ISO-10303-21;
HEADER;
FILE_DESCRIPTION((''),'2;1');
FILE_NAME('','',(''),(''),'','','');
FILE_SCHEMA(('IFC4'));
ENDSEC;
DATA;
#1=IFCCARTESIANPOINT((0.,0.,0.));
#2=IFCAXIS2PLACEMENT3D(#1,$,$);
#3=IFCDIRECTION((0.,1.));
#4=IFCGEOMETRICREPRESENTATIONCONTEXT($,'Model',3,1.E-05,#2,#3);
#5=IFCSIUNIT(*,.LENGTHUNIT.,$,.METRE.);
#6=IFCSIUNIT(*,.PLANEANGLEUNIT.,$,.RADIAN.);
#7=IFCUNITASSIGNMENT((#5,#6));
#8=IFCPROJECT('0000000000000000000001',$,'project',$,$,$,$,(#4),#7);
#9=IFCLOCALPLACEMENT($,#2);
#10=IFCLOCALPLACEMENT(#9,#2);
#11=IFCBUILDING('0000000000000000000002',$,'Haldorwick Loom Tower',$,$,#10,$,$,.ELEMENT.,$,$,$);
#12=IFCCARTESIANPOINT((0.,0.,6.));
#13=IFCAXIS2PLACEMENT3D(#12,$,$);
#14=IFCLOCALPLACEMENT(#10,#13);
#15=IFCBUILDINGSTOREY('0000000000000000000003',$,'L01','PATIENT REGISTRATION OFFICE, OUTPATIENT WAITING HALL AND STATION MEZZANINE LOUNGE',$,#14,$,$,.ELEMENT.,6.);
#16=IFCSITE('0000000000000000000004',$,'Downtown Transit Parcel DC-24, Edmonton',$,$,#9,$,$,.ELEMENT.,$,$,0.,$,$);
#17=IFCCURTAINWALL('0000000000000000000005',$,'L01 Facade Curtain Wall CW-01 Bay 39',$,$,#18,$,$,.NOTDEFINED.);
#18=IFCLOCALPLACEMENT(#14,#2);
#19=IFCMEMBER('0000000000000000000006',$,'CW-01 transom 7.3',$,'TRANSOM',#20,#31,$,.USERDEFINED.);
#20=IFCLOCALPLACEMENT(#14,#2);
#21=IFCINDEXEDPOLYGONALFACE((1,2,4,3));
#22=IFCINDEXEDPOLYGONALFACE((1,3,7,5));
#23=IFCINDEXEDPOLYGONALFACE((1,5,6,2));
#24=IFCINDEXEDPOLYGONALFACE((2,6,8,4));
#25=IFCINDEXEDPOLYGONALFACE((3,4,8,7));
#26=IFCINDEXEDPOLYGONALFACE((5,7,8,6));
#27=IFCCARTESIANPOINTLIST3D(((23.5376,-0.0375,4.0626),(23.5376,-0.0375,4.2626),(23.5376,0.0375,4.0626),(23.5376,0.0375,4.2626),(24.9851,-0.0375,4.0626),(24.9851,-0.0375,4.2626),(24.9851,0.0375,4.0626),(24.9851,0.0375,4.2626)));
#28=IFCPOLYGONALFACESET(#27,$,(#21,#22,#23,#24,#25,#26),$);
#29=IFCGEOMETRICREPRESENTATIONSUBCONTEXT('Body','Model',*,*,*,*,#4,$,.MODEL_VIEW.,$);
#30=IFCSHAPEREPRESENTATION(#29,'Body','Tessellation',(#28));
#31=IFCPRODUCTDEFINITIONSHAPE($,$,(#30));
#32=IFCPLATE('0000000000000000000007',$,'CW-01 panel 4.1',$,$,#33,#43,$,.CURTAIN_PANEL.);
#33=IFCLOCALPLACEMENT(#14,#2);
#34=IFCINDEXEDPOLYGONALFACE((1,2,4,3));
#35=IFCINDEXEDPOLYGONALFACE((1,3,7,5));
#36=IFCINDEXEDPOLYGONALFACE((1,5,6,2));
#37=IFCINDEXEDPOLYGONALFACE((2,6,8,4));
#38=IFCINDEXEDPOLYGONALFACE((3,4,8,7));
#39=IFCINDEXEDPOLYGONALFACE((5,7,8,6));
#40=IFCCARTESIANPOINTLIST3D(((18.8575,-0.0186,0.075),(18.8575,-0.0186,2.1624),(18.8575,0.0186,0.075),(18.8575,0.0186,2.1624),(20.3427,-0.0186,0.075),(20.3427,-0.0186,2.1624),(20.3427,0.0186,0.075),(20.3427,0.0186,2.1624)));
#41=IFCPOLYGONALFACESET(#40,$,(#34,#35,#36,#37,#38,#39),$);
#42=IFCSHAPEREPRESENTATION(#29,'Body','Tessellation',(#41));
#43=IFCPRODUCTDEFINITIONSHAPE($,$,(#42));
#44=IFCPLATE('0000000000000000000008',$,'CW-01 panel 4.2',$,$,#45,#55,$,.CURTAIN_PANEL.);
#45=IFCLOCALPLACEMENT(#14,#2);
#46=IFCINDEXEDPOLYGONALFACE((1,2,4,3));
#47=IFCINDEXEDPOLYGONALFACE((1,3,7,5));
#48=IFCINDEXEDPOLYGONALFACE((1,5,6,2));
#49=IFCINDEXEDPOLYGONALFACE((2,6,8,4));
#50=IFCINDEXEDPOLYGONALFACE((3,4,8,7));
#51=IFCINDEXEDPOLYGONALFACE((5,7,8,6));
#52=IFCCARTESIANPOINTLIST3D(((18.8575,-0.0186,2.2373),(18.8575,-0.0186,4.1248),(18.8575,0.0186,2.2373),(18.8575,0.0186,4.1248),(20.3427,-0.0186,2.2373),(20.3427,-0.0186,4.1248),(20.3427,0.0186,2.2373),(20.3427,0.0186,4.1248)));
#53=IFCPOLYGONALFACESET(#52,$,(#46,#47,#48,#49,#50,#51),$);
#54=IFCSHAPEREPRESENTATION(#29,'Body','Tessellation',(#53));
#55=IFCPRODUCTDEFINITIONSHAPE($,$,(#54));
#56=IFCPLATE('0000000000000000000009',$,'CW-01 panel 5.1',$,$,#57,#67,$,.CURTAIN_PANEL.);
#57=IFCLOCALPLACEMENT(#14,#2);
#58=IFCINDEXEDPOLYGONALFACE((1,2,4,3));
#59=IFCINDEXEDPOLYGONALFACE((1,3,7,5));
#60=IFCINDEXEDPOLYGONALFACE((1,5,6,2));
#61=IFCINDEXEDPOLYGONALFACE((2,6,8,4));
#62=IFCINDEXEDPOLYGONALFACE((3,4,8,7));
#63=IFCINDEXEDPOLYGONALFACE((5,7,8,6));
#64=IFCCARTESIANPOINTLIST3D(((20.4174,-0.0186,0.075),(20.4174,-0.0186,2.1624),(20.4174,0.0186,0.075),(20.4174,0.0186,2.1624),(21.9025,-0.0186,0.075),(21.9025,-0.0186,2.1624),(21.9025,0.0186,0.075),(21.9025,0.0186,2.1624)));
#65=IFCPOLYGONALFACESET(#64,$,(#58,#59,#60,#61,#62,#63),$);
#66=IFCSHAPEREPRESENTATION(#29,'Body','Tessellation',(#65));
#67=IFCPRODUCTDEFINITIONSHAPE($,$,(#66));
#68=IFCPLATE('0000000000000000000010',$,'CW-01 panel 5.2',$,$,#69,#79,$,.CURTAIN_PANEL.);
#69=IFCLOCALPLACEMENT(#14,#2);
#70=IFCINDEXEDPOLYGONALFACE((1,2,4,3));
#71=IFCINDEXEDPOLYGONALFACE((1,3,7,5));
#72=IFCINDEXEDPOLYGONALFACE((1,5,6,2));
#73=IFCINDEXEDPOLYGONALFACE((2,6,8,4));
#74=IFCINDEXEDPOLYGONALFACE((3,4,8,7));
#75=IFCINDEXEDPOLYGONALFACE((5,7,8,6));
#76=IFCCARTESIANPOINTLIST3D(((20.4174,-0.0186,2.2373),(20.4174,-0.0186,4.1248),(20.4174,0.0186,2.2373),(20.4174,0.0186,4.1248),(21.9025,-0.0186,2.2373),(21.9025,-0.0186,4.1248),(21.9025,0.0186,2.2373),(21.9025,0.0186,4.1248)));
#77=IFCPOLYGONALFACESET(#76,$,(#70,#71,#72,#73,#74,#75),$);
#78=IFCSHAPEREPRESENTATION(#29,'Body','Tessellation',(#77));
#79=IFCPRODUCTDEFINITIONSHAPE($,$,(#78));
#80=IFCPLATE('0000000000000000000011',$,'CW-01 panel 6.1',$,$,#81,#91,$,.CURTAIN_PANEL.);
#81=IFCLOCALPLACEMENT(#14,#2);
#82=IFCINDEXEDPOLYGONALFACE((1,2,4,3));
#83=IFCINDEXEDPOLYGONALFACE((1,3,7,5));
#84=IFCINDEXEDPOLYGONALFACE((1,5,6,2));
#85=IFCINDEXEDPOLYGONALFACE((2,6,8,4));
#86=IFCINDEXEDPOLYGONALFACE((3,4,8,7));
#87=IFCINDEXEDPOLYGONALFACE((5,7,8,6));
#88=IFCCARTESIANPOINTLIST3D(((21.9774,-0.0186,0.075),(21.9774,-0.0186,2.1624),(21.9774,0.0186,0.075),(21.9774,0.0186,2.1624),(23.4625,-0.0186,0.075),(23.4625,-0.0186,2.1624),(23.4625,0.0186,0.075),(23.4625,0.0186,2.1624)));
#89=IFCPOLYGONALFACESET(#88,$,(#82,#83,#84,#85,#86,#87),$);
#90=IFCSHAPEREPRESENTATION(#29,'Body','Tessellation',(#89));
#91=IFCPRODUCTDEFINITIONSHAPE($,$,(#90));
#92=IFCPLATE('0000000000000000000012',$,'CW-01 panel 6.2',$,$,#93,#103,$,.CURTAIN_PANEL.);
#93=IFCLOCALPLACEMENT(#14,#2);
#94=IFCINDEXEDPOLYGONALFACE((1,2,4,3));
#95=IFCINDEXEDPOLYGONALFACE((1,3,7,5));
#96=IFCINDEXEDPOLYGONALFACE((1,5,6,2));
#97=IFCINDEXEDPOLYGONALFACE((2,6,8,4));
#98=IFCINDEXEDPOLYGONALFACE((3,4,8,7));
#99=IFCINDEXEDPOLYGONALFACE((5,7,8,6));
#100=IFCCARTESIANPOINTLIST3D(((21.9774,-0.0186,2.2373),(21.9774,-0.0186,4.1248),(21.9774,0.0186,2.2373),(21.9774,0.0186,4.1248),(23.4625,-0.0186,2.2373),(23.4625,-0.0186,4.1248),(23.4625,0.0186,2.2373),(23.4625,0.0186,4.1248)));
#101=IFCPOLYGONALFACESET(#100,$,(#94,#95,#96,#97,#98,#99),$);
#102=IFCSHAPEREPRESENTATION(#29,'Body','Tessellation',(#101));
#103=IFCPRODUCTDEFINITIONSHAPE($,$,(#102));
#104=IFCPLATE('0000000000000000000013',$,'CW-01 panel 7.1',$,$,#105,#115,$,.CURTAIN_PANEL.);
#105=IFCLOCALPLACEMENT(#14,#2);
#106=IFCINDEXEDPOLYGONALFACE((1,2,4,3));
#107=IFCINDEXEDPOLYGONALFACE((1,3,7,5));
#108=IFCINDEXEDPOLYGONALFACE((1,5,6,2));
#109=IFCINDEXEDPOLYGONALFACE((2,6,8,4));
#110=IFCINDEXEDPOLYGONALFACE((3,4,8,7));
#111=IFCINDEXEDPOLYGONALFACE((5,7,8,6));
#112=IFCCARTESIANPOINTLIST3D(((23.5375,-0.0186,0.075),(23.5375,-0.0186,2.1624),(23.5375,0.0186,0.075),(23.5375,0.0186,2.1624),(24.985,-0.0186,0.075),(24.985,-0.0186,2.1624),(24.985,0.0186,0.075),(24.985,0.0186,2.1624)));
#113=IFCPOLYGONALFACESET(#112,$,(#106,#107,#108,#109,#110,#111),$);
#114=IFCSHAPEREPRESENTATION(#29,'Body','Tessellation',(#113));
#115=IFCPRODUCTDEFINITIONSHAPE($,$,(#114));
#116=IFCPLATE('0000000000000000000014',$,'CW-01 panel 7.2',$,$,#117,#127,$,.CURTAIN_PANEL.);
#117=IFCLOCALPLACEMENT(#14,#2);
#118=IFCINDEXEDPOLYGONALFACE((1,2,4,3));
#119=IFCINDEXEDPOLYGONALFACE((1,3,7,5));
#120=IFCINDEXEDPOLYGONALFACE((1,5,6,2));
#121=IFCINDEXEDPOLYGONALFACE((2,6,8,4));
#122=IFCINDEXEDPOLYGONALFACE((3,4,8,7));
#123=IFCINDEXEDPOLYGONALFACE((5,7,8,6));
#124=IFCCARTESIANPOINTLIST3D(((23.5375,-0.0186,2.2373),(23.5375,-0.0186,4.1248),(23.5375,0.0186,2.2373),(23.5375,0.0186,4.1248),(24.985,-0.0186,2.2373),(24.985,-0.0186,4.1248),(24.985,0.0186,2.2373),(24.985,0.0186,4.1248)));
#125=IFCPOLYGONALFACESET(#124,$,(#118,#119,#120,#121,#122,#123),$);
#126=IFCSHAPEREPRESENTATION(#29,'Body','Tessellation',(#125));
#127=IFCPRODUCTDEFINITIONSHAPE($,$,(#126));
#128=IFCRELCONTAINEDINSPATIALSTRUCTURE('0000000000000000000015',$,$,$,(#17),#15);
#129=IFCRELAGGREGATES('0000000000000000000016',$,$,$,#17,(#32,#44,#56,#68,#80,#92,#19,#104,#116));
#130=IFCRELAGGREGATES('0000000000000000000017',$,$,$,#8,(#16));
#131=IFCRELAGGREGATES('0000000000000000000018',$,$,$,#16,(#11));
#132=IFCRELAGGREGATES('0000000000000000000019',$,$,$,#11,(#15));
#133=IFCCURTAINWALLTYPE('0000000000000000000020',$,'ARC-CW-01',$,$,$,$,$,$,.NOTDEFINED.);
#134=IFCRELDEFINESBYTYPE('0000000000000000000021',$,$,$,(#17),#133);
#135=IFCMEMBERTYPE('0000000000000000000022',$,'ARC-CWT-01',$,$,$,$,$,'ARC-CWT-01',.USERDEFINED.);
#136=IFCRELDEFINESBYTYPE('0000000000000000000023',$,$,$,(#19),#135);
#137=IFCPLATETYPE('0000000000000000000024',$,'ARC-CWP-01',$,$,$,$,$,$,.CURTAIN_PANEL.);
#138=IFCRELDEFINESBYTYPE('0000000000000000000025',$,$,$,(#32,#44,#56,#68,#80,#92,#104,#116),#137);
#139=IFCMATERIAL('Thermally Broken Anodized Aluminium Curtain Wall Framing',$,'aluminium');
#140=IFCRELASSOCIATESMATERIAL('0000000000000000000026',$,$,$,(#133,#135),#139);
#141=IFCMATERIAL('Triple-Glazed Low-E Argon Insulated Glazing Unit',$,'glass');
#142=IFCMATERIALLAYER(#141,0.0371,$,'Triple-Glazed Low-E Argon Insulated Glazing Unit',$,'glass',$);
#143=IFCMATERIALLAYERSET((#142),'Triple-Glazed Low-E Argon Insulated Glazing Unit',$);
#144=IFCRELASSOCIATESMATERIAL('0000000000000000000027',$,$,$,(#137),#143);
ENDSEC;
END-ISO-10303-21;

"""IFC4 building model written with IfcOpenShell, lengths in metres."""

from ifc_helpers import new_model, si_unit, direction, frame, origin, origin_2d, place, context, subcontext, project, spatial, rectangle, extrude, material, layer, layer_set, material_profile, profile_set, type_object, element, aggregate, save


model = new_model("IFC4")

# Units and contexts
model_context = context("Model", 3, precision=1e-05, world=origin(), true_north=direction((0.0, 1.0)))
body_context = subcontext(model_context, "Body", "Model", "MODEL_VIEW")
ifc_project = project(units=[si_unit("LENGTHUNIT", "METRE"), si_unit("PLANEANGLEUNIT", "RADIAN")], contexts=[model_context])

# Site, building, storey
site_placement = place(None, origin())
site = spatial("IfcSite", under=ifc_project, at=site_placement, Name="Downtown Transit Parcel DC-24, Edmonton", CompositionType="ELEMENT", RefElevation=0.0)
building_placement = place(site_placement, origin())
building = spatial("IfcBuilding", under=site, at=building_placement, Name="Haldorwick Loom Tower", CompositionType="ELEMENT")
storey_placement = place(building_placement, frame((0.0, 0.0, 6.0)))
storey = spatial("IfcBuildingStorey", under=building, at=storey_placement, Name="L01", Description="PATIENT REGISTRATION OFFICE, OUTPATIENT WAITING HALL AND STATION MEZZANINE LOUNGE", CompositionType="ELEMENT", Elevation=6.0)

# Curtain wall, member, plates
ifc_material_1 = material(Name="Thermally Broken Anodized Aluminium Curtain Wall Framing", Category="aluminium")
curtain_wall_type = type_object("IfcCurtainWallType", Name="ARC-CW-01", PredefinedType="NOTDEFINED", material=ifc_material_1)
curtain_wall_placement = place(storey_placement, origin())
curtain_wall = element("IfcCurtainWall", 1, at=curtain_wall_placement, inside=storey, type_object=curtain_wall_type, Name="L01 Facade Curtain Wall CW-01 Bay 39", PredefinedType="NOTDEFINED")
ifc_material_profile_1 = material_profile(ifc_material_1, rectangle(XDim=0.075, YDim=0.2, at=origin_2d()), Name="ALU_TRN_75X200", Category="aluminium")
ifc_profile_set_1 = profile_set([ifc_material_profile_1], Name="Thermally Broken Anodized Aluminium Curtain Wall Framing")
member_type_1 = type_object("IfcMemberType", Name="ARC-CWT-01", ElementType="ARC-CWT-01", PredefinedType="USERDEFINED", material=ifc_profile_set_1)
member_1_placement = place(storey_placement, frame((23.5376, 0.0, 4.1626), z_axis=(1.0, 0.0, 0.0), x_axis=(0.0, 1.0, 0.0)))
member_1 = element("IfcMember", 2, at=member_1_placement, type_object=member_type_1, Name="CW-01 transom 7.3", ObjectType="TRANSOM", PredefinedType="USERDEFINED", context=body_context, shape_type="SweptSolid", body=[
    extrude(rectangle(XDim=0.075, YDim=0.2, at=origin_2d()), origin(), (0.0, 0.0, 1.0), 1.4475),
])
ifc_material_2 = material(Name="Triple-Glazed Low-E Argon Insulated Glazing Unit", Category="glass")
ifc_layer = layer(ifc_material_2, 0.0371, Name="Triple-Glazed Low-E Argon Insulated Glazing Unit", Category="glass")
ifc_layer_set = layer_set([ifc_layer], Name="Triple-Glazed Low-E Argon Insulated Glazing Unit")
plate_type = type_object("IfcPlateType", Name="ARC-CWP-01", PredefinedType="CURTAIN_PANEL", material=ifc_layer_set)
plate_1_placement = place(storey_placement, frame((19.6001, 0.0, 0.075), z_axis=(0.0, 0.0, 1.0), x_axis=(1.0, 0.0, 0.0)))
plate_1 = element("IfcPlate", 3, at=plate_1_placement, type_object=plate_type, Name="CW-01 panel 4.1", PredefinedType="CURTAIN_PANEL", context=body_context, shape_type="SweptSolid", body=[
    extrude(rectangle(XDim=1.4851, YDim=0.0371, at=origin_2d()), origin(), (0.0, 0.0, 1.0), 2.0874),
])
plate_2_placement = place(storey_placement, frame((19.6001, 0.0, 2.2373), z_axis=(0.0, 0.0, 1.0), x_axis=(1.0, 0.0, 0.0)))
plate_2 = element("IfcPlate", 4, at=plate_2_placement, type_object=plate_type, Name="CW-01 panel 4.2", PredefinedType="CURTAIN_PANEL", context=body_context, shape_type="SweptSolid", body=[
    extrude(rectangle(XDim=1.4851, YDim=0.0371, at=origin_2d()), origin(), (0.0, 0.0, 1.0), 1.8875),
])
plate_3_placement = place(storey_placement, frame((21.1599, 0.0, 0.075), z_axis=(0.0, 0.0, 1.0), x_axis=(1.0, 0.0, 0.0)))
plate_3 = element("IfcPlate", 5, at=plate_3_placement, type_object=plate_type, Name="CW-01 panel 5.1", PredefinedType="CURTAIN_PANEL", context=body_context, shape_type="SweptSolid", body=[
    extrude(rectangle(XDim=1.4851, YDim=0.0371, at=origin_2d()), origin(), (0.0, 0.0, 1.0), 2.0874),
])
plate_4_placement = place(storey_placement, frame((21.1599, 0.0, 2.2373), z_axis=(0.0, 0.0, 1.0), x_axis=(1.0, 0.0, 0.0)))
plate_4 = element("IfcPlate", 6, at=plate_4_placement, type_object=plate_type, Name="CW-01 panel 5.2", PredefinedType="CURTAIN_PANEL", context=body_context, shape_type="SweptSolid", body=[
    extrude(rectangle(XDim=1.4851, YDim=0.0371, at=origin_2d()), origin(), (0.0, 0.0, 1.0), 1.8875),
])
plate_5_placement = place(storey_placement, frame((22.72, 0.0, 0.075), z_axis=(0.0, 0.0, 1.0), x_axis=(1.0, 0.0, 0.0)))
plate_5 = element("IfcPlate", 7, at=plate_5_placement, type_object=plate_type, Name="CW-01 panel 6.1", PredefinedType="CURTAIN_PANEL", context=body_context, shape_type="SweptSolid", body=[
    extrude(rectangle(XDim=1.4851, YDim=0.0371, at=origin_2d()), origin(), (0.0, 0.0, 1.0), 2.0874),
])
plate_6_placement = place(storey_placement, frame((22.72, 0.0, 2.2373), z_axis=(0.0, 0.0, 1.0), x_axis=(1.0, 0.0, 0.0)))
plate_6 = element("IfcPlate", 8, at=plate_6_placement, type_object=plate_type, Name="CW-01 panel 6.2", PredefinedType="CURTAIN_PANEL", context=body_context, shape_type="SweptSolid", body=[
    extrude(rectangle(XDim=1.4851, YDim=0.0371, at=origin_2d()), origin(), (0.0, 0.0, 1.0), 1.8875),
])
plate_7_placement = place(storey_placement, frame((24.2612, 0.0, 0.075), z_axis=(0.0, 0.0, 1.0), x_axis=(1.0, 0.0, 0.0)))
plate_7 = element("IfcPlate", 9, at=plate_7_placement, type_object=plate_type, Name="CW-01 panel 7.1", PredefinedType="CURTAIN_PANEL", context=body_context, shape_type="SweptSolid", body=[
    extrude(rectangle(XDim=1.4475, YDim=0.0371, at=origin_2d()), origin(), (0.0, 0.0, 1.0), 2.0874),
])
plate_8_placement = place(storey_placement, frame((24.2612, 0.0, 2.2373), z_axis=(0.0, 0.0, 1.0), x_axis=(1.0, 0.0, 0.0)))
plate_8 = element("IfcPlate", 10, at=plate_8_placement, type_object=plate_type, Name="CW-01 panel 7.2", PredefinedType="CURTAIN_PANEL", context=body_context, shape_type="SweptSolid", body=[
    extrude(rectangle(XDim=1.4475, YDim=0.0371, at=origin_2d()), origin(), (0.0, 0.0, 1.0), 1.8875),
])
aggregate(curtain_wall, [plate_1, plate_2, plate_3, plate_4, plate_5, plate_6, member_1, plate_7, plate_8])

save(model, "model.ifc")
